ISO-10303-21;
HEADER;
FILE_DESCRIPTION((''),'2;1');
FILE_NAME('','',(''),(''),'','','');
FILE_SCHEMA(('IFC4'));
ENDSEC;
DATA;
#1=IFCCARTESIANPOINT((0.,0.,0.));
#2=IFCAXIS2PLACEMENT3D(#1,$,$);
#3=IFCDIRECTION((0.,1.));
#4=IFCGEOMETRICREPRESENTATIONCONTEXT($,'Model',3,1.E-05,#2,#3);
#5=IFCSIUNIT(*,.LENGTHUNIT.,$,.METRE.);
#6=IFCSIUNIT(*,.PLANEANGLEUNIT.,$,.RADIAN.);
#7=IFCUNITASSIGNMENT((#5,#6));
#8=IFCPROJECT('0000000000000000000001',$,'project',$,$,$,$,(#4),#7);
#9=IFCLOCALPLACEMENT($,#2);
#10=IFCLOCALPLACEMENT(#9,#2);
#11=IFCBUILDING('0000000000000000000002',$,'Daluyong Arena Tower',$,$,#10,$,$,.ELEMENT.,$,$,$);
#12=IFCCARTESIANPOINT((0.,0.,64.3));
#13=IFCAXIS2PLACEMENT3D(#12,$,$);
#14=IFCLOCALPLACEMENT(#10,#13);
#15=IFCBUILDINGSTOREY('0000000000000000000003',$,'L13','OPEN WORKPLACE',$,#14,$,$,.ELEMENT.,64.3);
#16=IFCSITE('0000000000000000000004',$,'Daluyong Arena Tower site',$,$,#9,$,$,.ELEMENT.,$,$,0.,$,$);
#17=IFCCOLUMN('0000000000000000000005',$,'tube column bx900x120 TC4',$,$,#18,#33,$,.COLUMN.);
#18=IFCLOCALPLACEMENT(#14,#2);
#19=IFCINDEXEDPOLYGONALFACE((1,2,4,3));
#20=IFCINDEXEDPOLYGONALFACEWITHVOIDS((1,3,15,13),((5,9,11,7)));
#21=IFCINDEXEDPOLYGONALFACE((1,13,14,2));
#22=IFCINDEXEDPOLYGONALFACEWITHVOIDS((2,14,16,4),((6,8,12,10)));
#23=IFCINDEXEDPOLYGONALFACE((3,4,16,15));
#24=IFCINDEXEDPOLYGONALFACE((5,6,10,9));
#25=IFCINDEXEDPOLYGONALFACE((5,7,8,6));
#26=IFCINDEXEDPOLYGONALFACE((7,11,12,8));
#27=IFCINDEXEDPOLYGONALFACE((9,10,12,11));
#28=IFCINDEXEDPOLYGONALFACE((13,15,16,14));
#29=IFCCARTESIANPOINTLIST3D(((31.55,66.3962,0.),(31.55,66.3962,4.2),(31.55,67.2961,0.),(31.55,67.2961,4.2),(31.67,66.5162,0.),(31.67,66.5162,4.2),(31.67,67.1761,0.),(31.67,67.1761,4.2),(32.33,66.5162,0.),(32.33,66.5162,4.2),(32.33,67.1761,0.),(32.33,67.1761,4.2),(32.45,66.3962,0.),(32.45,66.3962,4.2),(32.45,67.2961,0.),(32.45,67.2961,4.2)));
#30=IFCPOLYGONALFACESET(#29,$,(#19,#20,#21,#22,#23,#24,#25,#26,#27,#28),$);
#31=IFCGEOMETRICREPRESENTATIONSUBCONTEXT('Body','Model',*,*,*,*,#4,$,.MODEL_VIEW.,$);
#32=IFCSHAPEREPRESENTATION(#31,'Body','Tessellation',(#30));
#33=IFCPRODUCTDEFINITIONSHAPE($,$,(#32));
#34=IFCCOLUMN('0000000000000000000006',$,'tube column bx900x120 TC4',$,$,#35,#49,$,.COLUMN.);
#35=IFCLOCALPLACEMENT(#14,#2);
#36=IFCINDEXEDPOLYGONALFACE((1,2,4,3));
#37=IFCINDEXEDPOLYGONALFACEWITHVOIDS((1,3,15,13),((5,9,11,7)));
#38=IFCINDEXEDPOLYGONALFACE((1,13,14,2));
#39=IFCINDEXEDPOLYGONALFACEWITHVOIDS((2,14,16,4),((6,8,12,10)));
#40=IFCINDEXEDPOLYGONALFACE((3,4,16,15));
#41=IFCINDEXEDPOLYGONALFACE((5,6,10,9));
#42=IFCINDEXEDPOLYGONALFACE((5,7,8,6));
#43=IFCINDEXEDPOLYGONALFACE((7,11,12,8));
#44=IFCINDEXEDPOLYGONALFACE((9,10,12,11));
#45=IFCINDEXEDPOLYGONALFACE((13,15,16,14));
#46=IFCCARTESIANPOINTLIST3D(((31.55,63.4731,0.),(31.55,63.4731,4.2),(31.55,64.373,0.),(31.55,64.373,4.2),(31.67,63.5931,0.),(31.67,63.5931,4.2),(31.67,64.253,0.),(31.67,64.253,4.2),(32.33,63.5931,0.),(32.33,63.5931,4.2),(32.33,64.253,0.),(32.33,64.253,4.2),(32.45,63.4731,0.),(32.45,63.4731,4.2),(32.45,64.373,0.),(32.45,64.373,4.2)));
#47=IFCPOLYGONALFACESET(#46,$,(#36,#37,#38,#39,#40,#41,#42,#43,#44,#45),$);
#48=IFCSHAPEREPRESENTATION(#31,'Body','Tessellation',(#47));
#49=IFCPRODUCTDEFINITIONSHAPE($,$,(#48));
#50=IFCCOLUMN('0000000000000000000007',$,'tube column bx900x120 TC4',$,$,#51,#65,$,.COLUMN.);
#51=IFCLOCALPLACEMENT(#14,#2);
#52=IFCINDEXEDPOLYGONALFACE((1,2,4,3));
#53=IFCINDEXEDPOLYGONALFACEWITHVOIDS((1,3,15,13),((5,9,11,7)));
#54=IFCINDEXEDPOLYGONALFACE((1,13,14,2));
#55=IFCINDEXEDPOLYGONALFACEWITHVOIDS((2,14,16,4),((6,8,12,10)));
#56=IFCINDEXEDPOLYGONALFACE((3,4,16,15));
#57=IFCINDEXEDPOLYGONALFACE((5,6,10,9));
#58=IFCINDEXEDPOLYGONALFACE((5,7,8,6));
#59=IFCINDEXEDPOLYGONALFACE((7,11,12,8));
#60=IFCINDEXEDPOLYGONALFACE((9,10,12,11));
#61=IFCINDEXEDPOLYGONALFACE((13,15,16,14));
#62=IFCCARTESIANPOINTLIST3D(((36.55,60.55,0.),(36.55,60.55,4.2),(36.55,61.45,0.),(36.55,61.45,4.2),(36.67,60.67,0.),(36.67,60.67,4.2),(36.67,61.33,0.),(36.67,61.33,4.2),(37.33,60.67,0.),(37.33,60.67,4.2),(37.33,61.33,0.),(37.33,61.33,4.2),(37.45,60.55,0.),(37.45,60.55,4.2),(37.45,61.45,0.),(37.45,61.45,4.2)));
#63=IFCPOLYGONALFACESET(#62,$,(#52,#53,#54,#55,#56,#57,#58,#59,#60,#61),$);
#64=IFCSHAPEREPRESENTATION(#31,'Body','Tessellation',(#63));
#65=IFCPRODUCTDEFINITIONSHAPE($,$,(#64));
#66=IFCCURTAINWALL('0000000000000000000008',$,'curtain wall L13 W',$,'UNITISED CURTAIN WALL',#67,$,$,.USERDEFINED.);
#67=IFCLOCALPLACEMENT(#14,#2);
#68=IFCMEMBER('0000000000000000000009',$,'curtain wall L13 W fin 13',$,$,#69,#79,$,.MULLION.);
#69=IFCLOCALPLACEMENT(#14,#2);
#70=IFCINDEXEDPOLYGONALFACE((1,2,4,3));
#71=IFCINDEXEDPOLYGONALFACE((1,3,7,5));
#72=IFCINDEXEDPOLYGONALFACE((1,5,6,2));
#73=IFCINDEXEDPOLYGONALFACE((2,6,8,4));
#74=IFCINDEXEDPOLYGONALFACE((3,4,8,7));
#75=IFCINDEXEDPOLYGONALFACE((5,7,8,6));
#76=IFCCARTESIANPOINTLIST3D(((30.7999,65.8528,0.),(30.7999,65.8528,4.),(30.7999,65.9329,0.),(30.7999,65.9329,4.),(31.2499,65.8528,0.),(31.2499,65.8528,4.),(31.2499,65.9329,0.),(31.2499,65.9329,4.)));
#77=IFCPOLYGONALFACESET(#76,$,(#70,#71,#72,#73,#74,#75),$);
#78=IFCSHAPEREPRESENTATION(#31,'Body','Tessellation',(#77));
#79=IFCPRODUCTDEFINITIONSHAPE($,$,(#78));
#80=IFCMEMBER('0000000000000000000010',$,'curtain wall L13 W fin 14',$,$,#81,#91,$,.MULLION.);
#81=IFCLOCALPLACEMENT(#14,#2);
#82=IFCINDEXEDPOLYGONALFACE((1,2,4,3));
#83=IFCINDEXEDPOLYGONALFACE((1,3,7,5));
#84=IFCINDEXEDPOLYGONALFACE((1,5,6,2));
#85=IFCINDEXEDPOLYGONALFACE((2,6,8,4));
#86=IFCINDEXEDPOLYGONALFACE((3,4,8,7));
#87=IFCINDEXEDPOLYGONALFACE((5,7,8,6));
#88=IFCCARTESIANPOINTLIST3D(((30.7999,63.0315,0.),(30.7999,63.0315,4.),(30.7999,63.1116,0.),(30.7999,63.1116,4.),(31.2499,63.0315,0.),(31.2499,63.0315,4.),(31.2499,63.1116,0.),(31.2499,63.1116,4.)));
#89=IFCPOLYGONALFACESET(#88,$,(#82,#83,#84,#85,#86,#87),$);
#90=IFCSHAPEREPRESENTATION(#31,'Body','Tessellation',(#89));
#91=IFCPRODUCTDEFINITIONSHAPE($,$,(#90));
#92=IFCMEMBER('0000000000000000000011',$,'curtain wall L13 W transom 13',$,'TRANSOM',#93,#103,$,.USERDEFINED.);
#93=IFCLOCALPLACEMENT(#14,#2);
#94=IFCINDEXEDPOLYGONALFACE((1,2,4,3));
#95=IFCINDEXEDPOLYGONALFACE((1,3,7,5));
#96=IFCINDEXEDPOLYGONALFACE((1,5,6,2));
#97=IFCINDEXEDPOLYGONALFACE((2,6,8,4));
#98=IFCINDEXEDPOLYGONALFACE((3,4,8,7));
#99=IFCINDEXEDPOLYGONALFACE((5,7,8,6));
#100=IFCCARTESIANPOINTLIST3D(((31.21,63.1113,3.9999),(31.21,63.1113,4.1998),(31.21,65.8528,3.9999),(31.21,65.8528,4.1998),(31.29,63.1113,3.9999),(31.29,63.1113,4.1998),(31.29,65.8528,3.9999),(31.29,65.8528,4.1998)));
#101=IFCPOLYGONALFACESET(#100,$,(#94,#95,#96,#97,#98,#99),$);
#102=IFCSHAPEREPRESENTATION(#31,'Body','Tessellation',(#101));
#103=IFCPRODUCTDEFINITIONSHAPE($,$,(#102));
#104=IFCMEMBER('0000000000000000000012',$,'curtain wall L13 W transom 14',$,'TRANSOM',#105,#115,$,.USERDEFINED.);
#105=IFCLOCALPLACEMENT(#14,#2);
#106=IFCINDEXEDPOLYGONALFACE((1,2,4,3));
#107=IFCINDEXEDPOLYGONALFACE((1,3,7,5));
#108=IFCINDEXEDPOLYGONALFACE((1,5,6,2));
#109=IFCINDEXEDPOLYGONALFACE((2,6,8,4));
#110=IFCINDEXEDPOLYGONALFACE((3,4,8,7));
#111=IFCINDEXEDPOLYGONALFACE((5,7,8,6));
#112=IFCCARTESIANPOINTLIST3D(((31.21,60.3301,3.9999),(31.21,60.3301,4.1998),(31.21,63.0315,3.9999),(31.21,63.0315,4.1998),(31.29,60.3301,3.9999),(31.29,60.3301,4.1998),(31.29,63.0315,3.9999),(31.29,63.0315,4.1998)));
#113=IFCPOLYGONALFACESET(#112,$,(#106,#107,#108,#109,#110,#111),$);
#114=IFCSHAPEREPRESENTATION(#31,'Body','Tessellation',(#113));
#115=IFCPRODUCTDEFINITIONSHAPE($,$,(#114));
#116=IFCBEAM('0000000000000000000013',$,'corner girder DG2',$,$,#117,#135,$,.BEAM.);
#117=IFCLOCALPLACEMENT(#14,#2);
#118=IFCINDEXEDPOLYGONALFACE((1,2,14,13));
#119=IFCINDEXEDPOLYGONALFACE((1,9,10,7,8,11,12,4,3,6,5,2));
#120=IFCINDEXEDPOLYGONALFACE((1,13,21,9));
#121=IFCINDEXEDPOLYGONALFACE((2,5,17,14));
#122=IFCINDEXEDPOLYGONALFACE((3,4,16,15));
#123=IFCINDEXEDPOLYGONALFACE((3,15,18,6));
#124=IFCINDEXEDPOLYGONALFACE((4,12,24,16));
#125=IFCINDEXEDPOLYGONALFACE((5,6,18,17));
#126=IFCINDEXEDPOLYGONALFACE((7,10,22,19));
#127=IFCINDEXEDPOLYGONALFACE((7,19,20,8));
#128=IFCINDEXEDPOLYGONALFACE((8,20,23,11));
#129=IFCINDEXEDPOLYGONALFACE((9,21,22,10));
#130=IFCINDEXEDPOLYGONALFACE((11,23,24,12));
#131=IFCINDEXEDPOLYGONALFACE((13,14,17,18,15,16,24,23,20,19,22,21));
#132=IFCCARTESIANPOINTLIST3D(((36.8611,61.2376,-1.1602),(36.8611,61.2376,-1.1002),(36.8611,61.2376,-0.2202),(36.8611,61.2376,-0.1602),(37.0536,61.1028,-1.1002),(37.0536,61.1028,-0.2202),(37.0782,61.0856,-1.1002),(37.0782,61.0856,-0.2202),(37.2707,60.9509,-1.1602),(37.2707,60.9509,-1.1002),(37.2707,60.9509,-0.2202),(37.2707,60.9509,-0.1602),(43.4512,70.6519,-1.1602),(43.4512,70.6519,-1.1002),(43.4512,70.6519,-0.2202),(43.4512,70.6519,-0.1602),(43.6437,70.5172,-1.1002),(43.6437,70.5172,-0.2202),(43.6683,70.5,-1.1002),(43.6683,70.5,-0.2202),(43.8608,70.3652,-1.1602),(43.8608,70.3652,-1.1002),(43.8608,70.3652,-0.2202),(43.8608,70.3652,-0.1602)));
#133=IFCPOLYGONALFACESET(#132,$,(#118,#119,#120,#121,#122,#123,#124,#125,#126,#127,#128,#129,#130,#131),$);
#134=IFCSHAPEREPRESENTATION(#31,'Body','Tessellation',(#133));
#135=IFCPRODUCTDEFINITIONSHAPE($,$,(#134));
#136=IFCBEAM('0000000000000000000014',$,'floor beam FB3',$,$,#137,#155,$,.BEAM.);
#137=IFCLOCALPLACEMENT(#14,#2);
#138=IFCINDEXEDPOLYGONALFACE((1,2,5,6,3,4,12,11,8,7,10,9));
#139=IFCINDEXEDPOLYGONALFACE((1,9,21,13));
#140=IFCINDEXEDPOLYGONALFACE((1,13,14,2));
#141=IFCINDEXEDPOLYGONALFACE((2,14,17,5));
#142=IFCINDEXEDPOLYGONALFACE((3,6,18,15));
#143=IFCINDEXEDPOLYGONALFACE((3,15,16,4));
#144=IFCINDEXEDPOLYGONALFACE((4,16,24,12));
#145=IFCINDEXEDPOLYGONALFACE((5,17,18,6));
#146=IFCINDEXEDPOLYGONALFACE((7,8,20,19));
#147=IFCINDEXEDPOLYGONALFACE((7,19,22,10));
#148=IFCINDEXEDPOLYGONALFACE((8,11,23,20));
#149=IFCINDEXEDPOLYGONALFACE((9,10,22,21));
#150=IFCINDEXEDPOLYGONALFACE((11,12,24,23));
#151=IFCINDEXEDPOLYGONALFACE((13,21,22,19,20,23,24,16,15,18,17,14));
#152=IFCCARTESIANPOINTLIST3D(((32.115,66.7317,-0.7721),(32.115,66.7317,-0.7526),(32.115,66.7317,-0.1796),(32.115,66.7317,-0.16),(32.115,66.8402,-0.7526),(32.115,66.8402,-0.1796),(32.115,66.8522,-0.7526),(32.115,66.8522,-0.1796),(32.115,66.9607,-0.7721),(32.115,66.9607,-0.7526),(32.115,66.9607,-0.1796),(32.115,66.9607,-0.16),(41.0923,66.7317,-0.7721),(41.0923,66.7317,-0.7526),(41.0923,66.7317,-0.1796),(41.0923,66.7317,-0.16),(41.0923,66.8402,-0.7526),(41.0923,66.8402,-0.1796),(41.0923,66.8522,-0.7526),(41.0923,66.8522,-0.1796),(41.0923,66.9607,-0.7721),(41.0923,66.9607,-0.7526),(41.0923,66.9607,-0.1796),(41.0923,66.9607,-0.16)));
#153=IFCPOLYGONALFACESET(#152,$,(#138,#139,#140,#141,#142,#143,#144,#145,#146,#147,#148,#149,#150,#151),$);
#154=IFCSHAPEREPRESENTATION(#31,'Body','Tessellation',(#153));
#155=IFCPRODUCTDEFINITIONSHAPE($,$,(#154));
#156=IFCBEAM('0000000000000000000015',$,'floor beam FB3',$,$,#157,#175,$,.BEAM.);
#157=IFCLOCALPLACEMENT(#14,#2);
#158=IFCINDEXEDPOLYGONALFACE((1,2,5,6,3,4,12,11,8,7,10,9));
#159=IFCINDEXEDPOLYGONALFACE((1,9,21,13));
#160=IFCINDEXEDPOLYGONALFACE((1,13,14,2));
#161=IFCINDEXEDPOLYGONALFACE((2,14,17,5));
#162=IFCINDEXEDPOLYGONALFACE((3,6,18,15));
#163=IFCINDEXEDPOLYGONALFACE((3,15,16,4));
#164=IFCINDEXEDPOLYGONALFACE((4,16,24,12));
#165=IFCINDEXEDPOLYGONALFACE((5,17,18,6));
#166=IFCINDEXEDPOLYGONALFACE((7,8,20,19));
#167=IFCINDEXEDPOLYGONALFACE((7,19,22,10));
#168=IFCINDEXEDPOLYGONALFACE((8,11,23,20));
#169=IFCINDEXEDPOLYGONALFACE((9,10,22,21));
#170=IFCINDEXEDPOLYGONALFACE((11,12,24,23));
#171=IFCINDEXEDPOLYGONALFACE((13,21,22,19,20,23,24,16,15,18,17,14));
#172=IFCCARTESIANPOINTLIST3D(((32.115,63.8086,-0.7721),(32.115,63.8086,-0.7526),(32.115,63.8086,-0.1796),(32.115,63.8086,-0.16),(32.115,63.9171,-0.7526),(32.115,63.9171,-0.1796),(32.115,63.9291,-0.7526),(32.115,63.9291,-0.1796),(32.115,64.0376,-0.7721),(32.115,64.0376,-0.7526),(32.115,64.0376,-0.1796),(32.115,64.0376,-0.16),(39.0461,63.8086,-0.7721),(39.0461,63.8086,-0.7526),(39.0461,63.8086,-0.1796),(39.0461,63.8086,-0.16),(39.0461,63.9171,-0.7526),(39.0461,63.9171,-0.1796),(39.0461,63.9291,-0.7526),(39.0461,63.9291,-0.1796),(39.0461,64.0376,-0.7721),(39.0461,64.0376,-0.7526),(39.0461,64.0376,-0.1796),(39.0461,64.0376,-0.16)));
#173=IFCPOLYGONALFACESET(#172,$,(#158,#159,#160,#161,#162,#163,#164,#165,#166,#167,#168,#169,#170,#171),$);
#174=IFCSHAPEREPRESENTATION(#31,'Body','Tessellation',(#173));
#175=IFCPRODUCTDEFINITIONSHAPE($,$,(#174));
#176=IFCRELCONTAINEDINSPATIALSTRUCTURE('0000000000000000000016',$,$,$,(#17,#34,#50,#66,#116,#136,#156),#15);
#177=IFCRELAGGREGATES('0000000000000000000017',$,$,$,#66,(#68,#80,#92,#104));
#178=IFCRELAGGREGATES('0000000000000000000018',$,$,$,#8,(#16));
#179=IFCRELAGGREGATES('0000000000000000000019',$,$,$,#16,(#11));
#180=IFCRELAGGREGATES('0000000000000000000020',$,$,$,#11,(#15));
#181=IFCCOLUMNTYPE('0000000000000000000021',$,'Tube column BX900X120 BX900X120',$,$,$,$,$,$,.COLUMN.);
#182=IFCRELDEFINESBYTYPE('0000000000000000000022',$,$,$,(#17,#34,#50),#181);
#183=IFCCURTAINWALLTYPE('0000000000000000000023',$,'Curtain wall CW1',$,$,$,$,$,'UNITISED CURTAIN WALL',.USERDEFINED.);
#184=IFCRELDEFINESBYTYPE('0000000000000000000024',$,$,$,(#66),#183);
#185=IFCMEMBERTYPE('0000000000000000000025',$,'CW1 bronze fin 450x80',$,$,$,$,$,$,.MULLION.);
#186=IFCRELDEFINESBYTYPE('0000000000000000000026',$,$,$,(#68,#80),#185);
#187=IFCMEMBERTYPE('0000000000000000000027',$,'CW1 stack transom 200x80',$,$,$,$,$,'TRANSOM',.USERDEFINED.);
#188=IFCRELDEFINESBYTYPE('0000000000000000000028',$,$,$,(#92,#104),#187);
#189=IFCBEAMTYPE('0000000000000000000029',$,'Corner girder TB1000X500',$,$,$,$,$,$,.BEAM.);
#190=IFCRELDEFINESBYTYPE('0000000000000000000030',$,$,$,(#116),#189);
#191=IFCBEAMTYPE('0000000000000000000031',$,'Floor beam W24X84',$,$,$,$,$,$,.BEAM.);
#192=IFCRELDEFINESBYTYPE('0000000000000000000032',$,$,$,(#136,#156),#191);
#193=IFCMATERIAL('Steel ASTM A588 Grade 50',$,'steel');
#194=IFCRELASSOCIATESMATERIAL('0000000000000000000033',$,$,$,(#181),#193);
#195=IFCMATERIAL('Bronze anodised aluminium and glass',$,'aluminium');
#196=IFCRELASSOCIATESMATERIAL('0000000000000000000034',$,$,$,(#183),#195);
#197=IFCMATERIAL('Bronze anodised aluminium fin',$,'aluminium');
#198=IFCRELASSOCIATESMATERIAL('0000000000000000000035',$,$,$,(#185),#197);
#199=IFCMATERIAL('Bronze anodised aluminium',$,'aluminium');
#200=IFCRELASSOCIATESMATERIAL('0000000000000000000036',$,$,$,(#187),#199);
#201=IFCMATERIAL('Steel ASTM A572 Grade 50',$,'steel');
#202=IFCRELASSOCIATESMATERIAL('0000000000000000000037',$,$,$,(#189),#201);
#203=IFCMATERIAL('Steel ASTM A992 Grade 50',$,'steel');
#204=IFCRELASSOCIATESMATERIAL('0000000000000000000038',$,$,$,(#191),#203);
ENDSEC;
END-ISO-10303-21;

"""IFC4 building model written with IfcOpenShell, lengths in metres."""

from ifc_helpers import new_model, si_unit, direction, frame, origin, origin_2d, place, context, subcontext, project, spatial, rectangle, hollow_rectangle, i_section, extrude, material, material_profile, profile_set, type_object, element, aggregate, save


model = new_model("IFC4")

# Units and contexts
model_context = context("Model", 3, precision=1e-05, world=origin(), true_north=direction((0.0, 1.0)))
body_context = subcontext(model_context, "Body", "Model", "MODEL_VIEW")
ifc_project = project(units=[si_unit("LENGTHUNIT", "METRE"), si_unit("PLANEANGLEUNIT", "RADIAN")], contexts=[model_context])

# Site, building, storey
site_placement = place(None, origin())
site = spatial("IfcSite", under=ifc_project, at=site_placement, Name="Daluyong Arena Tower site", CompositionType="ELEMENT", RefElevation=0.0)
building_placement = place(site_placement, origin())
building = spatial("IfcBuilding", under=site, at=building_placement, Name="Daluyong Arena Tower", CompositionType="ELEMENT")
storey_placement = place(building_placement, frame((0.0, 0.0, 64.3)))
storey = spatial("IfcBuildingStorey", under=building, at=storey_placement, Name="L13", Description="OPEN WORKPLACE", CompositionType="ELEMENT", Elevation=64.3)

# Columns
ifc_material_1 = material(Name="Steel ASTM A588 Grade 50", Category="steel")
ifc_material_profile_1 = material_profile(ifc_material_1, hollow_rectangle(XDim=0.8999, YDim=0.8999, WallThickness=0.12, at=origin_2d()))
ifc_profile_set_1 = profile_set([ifc_material_profile_1], Name="Steel ASTM A588 Grade 50")
column_type = type_object("IfcColumnType", Name="Tube column BX900X120 BX900X120", PredefinedType="COLUMN", material=ifc_profile_set_1)
for number, where, z_axis, x_axis, name in (
    (1, (32.0, 66.8462, 0.0), (0.0, 0.0, 1.0), (0.0, 1.0, 0.0), "tube column bx900x120 TC4"),
    (2, (32.0, 63.9231, 0.0), (0.0, 0.0, 1.0), (0.0, 1.0, 0.0), "tube column bx900x120 TC4"),
    (3, (37.0, 61.0, 0.0), (0.0, 0.0, 1.0), (0.0, 1.0, 0.0), "tube column bx900x120 TC4"),
):
    element("IfcColumn", number, at=place(storey_placement, frame(where, z_axis=z_axis, x_axis=x_axis)), inside=storey, type_object=column_type, Name=name, PredefinedType="COLUMN", context=body_context, shape_type="SweptSolid", body=[
        extrude(hollow_rectangle(XDim=0.8999, YDim=0.8999, WallThickness=0.12, at=origin_2d()), origin(), (0.0, 0.0, 1.0), 4.2),
    ])

# Curtain wall, members
ifc_material_2 = material(Name="Bronze anodised aluminium and glass", Category="aluminium")
curtain_wall_type = type_object("IfcCurtainWallType", Name="Curtain wall CW1", ElementType="UNITISED CURTAIN WALL", PredefinedType="USERDEFINED", material=ifc_material_2)
curtain_wall_placement = place(storey_placement, origin())
curtain_wall = element("IfcCurtainWall", 4, at=curtain_wall_placement, inside=storey, type_object=curtain_wall_type, Name="curtain wall L13 W", ObjectType="UNITISED CURTAIN WALL", PredefinedType="USERDEFINED")
ifc_material_3 = material(Name="Bronze anodised aluminium fin", Category="aluminium")
ifc_material_profile_2 = material_profile(ifc_material_3, rectangle(XDim=0.45, YDim=0.0801, at=origin_2d()))
ifc_profile_set_2 = profile_set([ifc_material_profile_2], Name="Bronze anodised aluminium fin")
member_type_1 = type_object("IfcMemberType", Name="CW1 bronze fin 450x80", PredefinedType="MULLION", material=ifc_profile_set_2)
member_1_placement = place(storey_placement, frame((31.0249, 65.8928, 0.0), z_axis=(0.0, 0.0, 1.0), x_axis=(1.0, 0.0, 0.0)))
member_1 = element("IfcMember", 5, at=member_1_placement, type_object=member_type_1, Name="curtain wall L13 W fin 13", PredefinedType="MULLION", context=body_context, shape_type="SweptSolid", body=[
    extrude(rectangle(XDim=0.45, YDim=0.0801, at=origin_2d()), origin(), (0.0, 0.0, 1.0), 4.0),
])
member_2_placement = place(storey_placement, frame((31.0249, 63.0715, 0.0), z_axis=(0.0, 0.0, 1.0), x_axis=(1.0, 0.0, 0.0)))
member_2 = element("IfcMember", 6, at=member_2_placement, type_object=member_type_1, Name="curtain wall L13 W fin 14", PredefinedType="MULLION", context=body_context, shape_type="SweptSolid", body=[
    extrude(rectangle(XDim=0.45, YDim=0.0801, at=origin_2d()), origin(), (0.0, 0.0, 1.0), 4.0),
])
ifc_material_4 = material(Name="Bronze anodised aluminium", Category="aluminium")
ifc_material_profile_3 = material_profile(ifc_material_4, rectangle(XDim=0.0801, YDim=0.2, at=origin_2d()))
ifc_profile_set_3 = profile_set([ifc_material_profile_3], Name="Bronze anodised aluminium")
member_type_2 = type_object("IfcMemberType", Name="CW1 stack transom 200x80", ElementType="TRANSOM", PredefinedType="USERDEFINED", material=ifc_profile_set_3)
member_3_placement = place(storey_placement, frame((31.25, 65.8528, 4.0999), z_axis=(0.0, -1.0, 0.0), x_axis=(1.0, 0.0, 0.0)))
member_3 = element("IfcMember", 7, at=member_3_placement, type_object=member_type_2, Name="curtain wall L13 W transom 13", ObjectType="TRANSOM", PredefinedType="USERDEFINED", context=body_context, shape_type="SweptSolid", body=[
    extrude(rectangle(XDim=0.0801, YDim=0.2, at=origin_2d()), origin(), (0.0, 0.0, 1.0), 2.7415),
])
member_4_placement = place(storey_placement, frame((31.25, 63.0315, 4.0999), z_axis=(0.0, -1.0, 0.0), x_axis=(1.0, 0.0, 0.0)))
member_4 = element("IfcMember", 8, at=member_4_placement, type_object=member_type_2, Name="curtain wall L13 W transom 14", ObjectType="TRANSOM", PredefinedType="USERDEFINED", context=body_context, shape_type="SweptSolid", body=[
    extrude(rectangle(XDim=0.0801, YDim=0.2, at=origin_2d()), origin(), (0.0, 0.0, 1.0), 2.7014),
])

# Beams
ifc_material_5 = material(Name="Steel ASTM A572 Grade 50", Category="steel")
ifc_material_profile_4 = material_profile(ifc_material_5, i_section(OverallWidth=0.5, OverallDepth=1.0, WebThickness=0.03, FlangeThickness=0.06, at=origin_2d()))
ifc_profile_set_4 = profile_set([ifc_material_profile_4], Name="Steel ASTM A572 Grade 50")
beam_type_1 = type_object("IfcBeamType", Name="Corner girder TB1000X500", PredefinedType="BEAM", material=ifc_profile_set_4)
beam_1_placement = place(storey_placement, frame((37.0659, 61.0942, -0.6602), z_axis=(0.573467, 0.819229, 0.0), x_axis=(-0.819229, 0.573467, 0.0)))
element("IfcBeam", 9, at=beam_1_placement, inside=storey, type_object=beam_type_1, Name="corner girder DG2", PredefinedType="BEAM", context=body_context, shape_type="SweptSolid", body=[
    extrude(i_section(OverallWidth=0.5, OverallDepth=1.0, WebThickness=0.03, FlangeThickness=0.06, at=origin_2d()), origin(), (0.0, 0.0, 1.0), 11.4917),
])
ifc_material_6 = material(Name="Steel ASTM A992 Grade 50", Category="steel")
ifc_material_profile_5 = material_profile(ifc_material_6, i_section(OverallWidth=0.229, OverallDepth=0.6121, WebThickness=0.012, FlangeThickness=0.0195, at=origin_2d()))
ifc_profile_set_5 = profile_set([ifc_material_profile_5], Name="Steel ASTM A992 Grade 50")
beam_type_2 = type_object("IfcBeamType", Name="Floor beam W24X84", PredefinedType="BEAM", material=ifc_profile_set_5)
beam_2_placement = place(storey_placement, frame((32.115, 66.8462, -0.4661), z_axis=(1.0, 0.0, 0.0), x_axis=(0.0, 1.0, 0.0)))
element("IfcBeam", 10, at=beam_2_placement, inside=storey, type_object=beam_type_2, Name="floor beam FB3", PredefinedType="BEAM", context=body_context, shape_type="SweptSolid", body=[
    extrude(i_section(OverallWidth=0.229, OverallDepth=0.6121, WebThickness=0.012, FlangeThickness=0.0195, at=origin_2d()), origin(), (0.0, 0.0, 1.0), 8.9773),
])
beam_3_placement = place(storey_placement, frame((32.115, 63.9231, -0.4661), z_axis=(1.0, 0.0, 0.0), x_axis=(0.0, 1.0, 0.0)))
element("IfcBeam", 11, at=beam_3_placement, inside=storey, type_object=beam_type_2, Name="floor beam FB3", PredefinedType="BEAM", context=body_context, shape_type="SweptSolid", body=[
    extrude(i_section(OverallWidth=0.229, OverallDepth=0.6121, WebThickness=0.012, FlangeThickness=0.0195, at=origin_2d()), origin(), (0.0, 0.0, 1.0), 6.9312),
])

aggregate(curtain_wall, [member_1, member_2, member_3, member_4])

save(model, "model.ifc")
